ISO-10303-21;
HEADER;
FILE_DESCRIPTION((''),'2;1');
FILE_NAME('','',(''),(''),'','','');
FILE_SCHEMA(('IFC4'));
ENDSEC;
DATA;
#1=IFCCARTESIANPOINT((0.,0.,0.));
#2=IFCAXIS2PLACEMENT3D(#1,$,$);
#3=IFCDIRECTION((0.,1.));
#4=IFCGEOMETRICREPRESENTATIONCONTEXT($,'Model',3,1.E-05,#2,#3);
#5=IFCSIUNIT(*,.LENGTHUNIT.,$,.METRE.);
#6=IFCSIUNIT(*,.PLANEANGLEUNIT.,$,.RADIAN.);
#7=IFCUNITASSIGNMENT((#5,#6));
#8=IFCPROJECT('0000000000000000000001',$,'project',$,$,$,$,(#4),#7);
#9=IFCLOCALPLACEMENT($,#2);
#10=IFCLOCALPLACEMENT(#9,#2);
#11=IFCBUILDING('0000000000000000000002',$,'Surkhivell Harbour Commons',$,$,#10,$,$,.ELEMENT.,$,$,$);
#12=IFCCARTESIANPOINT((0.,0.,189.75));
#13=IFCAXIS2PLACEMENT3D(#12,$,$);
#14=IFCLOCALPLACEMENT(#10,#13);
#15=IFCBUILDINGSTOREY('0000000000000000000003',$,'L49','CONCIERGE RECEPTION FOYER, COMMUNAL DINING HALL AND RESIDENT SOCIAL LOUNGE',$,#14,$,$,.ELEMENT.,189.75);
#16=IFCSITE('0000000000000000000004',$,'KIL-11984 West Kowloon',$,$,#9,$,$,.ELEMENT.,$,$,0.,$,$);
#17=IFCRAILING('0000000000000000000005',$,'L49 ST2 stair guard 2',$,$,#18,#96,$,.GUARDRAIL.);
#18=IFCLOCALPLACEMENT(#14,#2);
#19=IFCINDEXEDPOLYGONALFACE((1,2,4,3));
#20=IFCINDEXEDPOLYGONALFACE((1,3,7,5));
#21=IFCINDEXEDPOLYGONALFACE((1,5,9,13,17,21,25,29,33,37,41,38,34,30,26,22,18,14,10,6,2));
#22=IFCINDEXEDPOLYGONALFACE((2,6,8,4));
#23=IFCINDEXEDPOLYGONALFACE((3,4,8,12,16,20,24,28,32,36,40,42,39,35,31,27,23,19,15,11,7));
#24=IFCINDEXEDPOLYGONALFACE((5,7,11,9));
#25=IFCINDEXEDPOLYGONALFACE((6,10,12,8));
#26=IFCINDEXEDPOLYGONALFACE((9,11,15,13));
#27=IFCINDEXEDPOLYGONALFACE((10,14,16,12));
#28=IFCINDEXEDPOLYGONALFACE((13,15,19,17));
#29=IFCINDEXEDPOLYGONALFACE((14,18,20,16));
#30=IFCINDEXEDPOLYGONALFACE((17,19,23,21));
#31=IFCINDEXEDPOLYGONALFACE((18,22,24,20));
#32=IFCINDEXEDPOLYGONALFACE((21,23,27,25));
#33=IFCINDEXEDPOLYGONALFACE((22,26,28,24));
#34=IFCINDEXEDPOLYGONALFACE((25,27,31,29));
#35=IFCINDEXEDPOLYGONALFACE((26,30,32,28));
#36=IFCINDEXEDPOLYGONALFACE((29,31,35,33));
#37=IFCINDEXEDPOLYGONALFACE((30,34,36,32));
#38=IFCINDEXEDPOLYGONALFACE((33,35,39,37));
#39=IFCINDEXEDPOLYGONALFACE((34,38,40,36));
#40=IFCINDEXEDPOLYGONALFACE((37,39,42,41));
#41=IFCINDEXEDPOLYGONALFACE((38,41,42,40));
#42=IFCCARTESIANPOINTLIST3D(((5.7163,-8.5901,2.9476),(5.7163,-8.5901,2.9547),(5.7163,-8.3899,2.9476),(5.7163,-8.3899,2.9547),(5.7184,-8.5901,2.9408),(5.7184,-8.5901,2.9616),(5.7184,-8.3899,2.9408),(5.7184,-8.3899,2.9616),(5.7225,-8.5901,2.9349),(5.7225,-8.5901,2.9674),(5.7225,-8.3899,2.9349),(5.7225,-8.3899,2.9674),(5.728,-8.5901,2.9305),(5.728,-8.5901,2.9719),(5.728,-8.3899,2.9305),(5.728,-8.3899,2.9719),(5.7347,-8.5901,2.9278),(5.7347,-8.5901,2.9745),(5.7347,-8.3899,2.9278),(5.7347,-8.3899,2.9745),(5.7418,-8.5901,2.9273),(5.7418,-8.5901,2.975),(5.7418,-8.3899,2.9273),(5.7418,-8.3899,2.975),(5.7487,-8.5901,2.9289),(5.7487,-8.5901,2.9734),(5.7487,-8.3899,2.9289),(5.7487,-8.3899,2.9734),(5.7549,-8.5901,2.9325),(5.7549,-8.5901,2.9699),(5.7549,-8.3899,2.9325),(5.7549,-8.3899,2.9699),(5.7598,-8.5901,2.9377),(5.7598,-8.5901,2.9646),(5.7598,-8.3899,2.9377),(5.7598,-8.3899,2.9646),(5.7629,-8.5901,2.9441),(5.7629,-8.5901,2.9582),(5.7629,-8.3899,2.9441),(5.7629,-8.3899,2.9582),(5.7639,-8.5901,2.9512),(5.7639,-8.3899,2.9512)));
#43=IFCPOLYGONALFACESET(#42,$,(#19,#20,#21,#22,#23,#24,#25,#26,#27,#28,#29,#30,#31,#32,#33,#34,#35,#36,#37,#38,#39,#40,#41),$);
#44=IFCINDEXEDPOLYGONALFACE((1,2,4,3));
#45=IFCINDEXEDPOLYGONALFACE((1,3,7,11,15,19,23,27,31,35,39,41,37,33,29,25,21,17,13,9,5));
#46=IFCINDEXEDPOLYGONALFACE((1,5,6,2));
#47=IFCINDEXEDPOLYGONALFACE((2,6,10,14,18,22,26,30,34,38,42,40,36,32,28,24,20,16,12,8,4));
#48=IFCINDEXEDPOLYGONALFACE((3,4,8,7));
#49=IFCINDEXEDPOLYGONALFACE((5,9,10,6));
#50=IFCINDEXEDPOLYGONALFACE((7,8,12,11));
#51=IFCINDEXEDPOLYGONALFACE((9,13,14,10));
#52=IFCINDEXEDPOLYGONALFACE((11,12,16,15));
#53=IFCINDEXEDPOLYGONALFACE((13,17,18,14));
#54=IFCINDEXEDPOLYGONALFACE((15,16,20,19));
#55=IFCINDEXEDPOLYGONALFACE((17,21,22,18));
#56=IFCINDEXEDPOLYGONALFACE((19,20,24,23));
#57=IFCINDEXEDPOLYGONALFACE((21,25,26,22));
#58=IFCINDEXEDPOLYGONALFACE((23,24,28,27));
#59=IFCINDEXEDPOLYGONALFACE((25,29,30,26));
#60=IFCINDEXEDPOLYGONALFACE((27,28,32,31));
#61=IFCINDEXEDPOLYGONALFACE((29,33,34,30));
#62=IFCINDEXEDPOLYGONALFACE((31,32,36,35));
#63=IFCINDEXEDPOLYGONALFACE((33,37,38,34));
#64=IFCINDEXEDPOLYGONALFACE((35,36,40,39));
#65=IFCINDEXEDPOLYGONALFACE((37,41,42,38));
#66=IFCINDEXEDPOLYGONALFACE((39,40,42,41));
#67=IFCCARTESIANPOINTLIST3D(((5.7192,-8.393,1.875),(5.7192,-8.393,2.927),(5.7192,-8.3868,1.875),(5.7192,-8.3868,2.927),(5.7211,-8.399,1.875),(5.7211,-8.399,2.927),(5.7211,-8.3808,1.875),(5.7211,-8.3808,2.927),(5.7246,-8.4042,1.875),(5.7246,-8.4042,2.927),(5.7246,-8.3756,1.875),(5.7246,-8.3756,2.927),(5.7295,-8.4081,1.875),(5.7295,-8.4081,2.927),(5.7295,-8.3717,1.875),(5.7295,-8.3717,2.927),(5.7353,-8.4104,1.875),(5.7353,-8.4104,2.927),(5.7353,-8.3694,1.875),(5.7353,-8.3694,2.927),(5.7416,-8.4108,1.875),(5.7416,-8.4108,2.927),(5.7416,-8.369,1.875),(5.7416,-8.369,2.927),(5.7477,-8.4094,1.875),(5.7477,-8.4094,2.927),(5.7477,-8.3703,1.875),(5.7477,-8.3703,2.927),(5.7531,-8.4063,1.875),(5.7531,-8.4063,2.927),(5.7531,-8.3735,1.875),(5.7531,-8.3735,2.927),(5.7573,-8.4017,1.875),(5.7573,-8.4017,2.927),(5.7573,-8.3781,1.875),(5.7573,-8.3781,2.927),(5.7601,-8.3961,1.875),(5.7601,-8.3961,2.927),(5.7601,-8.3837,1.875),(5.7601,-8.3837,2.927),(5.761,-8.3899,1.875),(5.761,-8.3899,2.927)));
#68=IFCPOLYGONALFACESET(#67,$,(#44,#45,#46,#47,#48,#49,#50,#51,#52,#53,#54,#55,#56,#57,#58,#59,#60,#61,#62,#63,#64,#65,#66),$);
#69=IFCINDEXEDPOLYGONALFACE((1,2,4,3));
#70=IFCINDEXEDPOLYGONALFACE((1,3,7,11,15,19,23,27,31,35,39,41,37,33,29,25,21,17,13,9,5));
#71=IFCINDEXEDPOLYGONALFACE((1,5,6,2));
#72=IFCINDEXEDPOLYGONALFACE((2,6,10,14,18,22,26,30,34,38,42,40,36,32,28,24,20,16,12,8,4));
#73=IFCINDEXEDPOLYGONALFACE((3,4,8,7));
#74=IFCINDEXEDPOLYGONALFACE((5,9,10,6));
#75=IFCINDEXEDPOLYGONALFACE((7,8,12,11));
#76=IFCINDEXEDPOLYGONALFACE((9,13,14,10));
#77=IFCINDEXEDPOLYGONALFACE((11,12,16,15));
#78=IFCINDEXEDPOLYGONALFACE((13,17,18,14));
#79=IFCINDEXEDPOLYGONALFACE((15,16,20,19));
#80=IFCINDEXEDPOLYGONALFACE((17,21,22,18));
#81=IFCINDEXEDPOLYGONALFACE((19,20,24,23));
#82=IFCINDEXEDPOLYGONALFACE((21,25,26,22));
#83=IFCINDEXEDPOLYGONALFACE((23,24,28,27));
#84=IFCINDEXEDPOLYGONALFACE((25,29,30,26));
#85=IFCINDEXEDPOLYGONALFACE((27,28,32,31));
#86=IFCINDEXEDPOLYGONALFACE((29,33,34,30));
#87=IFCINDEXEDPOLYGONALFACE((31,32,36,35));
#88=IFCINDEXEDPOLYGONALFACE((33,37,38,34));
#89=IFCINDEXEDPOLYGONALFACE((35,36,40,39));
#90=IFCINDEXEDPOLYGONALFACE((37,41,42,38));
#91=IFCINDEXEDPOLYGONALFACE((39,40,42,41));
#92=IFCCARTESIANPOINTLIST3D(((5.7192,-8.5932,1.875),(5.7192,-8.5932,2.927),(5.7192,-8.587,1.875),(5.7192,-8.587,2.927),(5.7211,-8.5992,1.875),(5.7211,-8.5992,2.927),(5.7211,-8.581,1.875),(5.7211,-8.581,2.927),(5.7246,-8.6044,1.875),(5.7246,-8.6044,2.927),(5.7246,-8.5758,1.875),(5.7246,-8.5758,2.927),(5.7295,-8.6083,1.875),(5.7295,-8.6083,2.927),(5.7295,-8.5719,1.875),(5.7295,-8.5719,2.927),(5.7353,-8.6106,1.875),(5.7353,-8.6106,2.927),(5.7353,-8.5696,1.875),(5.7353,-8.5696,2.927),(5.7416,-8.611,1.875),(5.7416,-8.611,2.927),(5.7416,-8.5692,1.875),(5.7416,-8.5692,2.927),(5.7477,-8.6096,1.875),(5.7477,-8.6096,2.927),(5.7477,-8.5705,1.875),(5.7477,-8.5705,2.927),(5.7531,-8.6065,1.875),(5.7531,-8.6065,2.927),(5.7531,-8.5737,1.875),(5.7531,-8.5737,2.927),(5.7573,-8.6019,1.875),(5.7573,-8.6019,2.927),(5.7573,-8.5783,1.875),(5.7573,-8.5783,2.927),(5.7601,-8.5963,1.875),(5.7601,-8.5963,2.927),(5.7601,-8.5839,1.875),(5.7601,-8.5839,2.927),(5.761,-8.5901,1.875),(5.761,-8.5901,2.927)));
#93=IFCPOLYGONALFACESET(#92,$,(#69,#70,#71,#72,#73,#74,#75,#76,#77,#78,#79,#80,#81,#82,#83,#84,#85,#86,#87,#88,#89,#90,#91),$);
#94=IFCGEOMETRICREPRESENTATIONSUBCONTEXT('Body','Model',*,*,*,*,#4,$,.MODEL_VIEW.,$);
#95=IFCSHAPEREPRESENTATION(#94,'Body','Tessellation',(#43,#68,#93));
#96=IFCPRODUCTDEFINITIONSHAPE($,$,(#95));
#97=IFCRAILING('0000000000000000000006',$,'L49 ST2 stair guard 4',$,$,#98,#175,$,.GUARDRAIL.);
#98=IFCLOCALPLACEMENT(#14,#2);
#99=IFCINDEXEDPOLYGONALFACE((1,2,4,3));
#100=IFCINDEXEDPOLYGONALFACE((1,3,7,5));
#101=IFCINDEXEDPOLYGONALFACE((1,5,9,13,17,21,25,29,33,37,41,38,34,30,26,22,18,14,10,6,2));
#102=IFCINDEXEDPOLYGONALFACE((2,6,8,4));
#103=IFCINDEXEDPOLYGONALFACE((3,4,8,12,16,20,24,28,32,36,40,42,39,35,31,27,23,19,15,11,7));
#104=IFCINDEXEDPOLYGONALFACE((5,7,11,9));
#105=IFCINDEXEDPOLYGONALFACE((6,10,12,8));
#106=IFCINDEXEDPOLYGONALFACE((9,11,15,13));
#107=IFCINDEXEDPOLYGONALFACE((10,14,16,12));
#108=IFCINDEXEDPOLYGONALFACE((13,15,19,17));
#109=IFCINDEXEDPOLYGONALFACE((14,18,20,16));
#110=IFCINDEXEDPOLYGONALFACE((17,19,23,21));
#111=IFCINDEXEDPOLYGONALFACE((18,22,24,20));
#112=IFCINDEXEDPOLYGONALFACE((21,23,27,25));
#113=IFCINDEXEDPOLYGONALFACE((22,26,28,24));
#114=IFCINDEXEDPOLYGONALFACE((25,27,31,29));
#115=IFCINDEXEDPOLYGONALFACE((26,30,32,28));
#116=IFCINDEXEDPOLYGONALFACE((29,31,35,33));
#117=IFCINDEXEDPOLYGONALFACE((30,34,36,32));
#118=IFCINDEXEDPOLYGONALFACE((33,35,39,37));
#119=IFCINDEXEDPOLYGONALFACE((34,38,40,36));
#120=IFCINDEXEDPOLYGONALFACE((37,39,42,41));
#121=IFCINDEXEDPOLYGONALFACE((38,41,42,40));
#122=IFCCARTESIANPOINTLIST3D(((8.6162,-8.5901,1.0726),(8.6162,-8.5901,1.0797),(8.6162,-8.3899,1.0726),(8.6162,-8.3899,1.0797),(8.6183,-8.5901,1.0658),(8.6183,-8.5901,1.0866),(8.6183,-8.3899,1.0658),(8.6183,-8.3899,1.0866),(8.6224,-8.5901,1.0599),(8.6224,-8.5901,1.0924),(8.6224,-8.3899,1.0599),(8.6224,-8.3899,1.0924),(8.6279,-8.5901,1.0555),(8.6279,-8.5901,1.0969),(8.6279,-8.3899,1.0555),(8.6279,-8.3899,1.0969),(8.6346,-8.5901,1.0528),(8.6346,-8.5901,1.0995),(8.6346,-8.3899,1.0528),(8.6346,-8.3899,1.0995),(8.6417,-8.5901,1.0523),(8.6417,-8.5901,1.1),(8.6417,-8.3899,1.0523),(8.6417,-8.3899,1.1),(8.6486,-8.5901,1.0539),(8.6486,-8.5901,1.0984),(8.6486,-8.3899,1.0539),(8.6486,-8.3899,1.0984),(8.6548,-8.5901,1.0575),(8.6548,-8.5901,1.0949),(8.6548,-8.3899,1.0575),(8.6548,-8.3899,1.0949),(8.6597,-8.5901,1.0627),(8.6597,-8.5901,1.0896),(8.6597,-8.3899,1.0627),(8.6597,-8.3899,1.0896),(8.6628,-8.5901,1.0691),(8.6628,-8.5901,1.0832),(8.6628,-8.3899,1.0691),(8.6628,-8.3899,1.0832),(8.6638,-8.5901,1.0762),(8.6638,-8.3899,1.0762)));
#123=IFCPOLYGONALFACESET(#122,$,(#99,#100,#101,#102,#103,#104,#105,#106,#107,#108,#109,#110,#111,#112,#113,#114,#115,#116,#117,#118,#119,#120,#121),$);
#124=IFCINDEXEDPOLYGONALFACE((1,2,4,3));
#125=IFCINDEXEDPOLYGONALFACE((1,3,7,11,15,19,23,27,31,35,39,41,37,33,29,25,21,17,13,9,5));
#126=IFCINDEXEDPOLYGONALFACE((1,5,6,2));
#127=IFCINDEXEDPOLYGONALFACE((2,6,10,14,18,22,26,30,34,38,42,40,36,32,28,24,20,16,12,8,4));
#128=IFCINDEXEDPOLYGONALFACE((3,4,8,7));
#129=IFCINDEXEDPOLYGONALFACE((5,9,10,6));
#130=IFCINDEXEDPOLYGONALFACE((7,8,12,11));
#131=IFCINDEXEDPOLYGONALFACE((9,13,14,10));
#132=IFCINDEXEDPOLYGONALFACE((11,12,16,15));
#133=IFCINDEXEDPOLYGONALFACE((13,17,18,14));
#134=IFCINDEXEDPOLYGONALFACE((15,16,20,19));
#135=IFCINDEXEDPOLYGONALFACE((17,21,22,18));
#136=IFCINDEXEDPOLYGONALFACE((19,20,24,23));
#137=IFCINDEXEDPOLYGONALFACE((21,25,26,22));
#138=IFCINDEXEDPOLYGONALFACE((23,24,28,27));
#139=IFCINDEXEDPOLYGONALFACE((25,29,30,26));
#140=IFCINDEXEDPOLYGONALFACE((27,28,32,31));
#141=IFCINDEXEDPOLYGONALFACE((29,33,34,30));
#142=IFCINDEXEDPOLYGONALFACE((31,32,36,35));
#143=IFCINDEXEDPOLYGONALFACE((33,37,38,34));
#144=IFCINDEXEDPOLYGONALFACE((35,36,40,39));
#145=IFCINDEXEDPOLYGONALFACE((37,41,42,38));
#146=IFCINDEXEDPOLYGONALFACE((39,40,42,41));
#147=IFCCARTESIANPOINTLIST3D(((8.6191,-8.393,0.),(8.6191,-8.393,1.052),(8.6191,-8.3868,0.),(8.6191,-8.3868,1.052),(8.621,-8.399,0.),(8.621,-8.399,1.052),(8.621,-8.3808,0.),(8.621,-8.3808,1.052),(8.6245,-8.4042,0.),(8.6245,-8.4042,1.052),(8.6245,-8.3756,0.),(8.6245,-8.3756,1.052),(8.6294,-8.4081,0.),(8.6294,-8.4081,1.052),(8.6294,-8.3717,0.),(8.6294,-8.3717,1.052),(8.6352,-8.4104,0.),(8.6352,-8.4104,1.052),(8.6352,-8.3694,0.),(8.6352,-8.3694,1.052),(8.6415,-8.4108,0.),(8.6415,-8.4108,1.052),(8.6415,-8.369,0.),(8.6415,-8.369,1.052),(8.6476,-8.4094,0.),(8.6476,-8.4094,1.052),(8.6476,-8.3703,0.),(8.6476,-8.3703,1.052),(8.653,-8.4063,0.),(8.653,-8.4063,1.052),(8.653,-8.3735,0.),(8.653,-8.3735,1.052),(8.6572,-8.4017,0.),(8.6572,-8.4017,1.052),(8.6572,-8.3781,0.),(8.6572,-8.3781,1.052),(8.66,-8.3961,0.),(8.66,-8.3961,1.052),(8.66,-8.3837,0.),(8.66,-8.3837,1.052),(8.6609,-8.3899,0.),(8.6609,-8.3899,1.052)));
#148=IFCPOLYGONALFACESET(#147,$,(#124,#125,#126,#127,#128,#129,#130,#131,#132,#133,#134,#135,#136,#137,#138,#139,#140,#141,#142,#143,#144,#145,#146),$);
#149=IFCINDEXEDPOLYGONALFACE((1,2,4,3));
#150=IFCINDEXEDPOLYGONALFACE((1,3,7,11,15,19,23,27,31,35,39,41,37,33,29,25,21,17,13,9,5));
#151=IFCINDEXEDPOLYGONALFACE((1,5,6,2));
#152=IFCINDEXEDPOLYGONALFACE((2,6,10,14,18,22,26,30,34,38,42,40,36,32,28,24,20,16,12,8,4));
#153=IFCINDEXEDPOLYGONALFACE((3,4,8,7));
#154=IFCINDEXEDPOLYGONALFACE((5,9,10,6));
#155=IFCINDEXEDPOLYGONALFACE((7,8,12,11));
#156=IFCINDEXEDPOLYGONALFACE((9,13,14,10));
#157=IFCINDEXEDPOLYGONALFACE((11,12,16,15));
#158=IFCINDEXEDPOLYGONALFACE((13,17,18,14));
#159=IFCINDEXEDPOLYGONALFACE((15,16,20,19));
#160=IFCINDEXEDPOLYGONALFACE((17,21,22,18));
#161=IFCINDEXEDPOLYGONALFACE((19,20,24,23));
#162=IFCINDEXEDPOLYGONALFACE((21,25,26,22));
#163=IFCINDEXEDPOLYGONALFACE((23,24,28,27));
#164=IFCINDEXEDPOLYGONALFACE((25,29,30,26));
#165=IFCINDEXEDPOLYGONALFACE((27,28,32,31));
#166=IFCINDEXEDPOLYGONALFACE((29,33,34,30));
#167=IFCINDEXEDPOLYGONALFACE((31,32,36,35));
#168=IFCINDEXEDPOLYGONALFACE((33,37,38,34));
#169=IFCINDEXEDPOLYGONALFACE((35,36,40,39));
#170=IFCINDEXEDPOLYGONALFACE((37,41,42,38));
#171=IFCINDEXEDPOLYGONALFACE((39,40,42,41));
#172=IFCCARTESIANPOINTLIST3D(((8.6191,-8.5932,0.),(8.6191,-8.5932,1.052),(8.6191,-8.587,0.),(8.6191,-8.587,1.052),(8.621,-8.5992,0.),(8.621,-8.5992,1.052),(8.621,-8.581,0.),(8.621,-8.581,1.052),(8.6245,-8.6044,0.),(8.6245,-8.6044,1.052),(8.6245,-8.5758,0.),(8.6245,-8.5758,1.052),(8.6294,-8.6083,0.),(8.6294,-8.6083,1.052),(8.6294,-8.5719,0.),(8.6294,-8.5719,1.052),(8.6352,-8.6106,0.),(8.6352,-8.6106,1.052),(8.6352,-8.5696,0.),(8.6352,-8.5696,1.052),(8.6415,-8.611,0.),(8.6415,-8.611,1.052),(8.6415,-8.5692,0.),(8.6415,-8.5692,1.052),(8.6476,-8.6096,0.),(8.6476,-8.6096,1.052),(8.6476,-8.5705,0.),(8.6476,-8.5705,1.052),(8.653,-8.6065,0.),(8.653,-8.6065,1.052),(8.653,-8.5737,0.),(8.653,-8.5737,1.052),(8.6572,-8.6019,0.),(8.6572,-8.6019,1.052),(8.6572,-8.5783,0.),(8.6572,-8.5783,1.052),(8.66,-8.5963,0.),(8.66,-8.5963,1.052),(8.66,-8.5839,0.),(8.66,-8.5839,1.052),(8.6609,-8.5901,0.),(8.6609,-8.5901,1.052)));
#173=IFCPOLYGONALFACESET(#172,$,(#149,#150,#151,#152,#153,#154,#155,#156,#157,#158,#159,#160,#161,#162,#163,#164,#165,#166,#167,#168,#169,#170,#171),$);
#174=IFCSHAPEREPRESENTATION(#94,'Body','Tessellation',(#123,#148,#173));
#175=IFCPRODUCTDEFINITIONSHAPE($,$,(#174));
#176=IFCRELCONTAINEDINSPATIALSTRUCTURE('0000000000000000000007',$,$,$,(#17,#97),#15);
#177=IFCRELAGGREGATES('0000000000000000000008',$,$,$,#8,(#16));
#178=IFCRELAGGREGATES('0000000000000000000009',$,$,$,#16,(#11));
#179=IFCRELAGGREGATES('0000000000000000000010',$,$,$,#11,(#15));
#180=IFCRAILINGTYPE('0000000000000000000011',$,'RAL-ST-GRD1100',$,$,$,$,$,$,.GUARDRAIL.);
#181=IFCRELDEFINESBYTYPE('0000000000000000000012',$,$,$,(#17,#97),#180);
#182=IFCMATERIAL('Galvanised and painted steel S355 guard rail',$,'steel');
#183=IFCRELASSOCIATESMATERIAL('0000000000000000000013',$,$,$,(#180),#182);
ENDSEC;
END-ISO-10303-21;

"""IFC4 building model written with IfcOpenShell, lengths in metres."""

from ifc_helpers import new_model, si_unit, direction, frame, origin, origin_2d, place, context, subcontext, project, spatial, circle, extrude, material, type_object, element, save


model = new_model("IFC4")

# Units and contexts
model_context = context("Model", 3, precision=1e-05, world=origin(), true_north=direction((0.0, 1.0)))
body_context = subcontext(model_context, "Body", "Model", "MODEL_VIEW")
ifc_project = project(units=[si_unit("LENGTHUNIT", "METRE"), si_unit("PLANEANGLEUNIT", "RADIAN")], contexts=[model_context])

# Site, building, storey
site_placement = place(None, origin())
site = spatial("IfcSite", under=ifc_project, at=site_placement, Name="KIL-11984 West Kowloon", CompositionType="ELEMENT", RefElevation=0.0)
building_placement = place(site_placement, origin())
building = spatial("IfcBuilding", under=site, at=building_placement, Name="Surkhivell Harbour Commons", CompositionType="ELEMENT")
storey_placement = place(building_placement, frame((0.0, 0.0, 189.75)))
storey = spatial("IfcBuildingStorey", under=building, at=storey_placement, Name="L49", Description="CONCIERGE RECEPTION FOYER, COMMUNAL DINING HALL AND RESIDENT SOCIAL LOUNGE", CompositionType="ELEMENT", Elevation=189.75)

# Railings
ifc_material_1 = material(Name="Galvanised and painted steel S355 guard rail", Category="steel")
railing_type_1 = type_object("IfcRailingType", Name="RAL-ST-GRD1100", PredefinedType="GUARDRAIL", material=ifc_material_1)
for number, where, name in (
    (1, (5.74, -8.3899, 1.875), "L49 ST2 stair guard 2"),
    (2, (8.6399, -8.3899, 0.0), "L49 ST2 stair guard 4"),
):
    element("IfcRailing", number, at=place(storey_placement, frame(where)), inside=storey, type_object=railing_type_1, Name=name, PredefinedType="GUARDRAIL", context=body_context, shape_type="SweptSolid", body=[
        extrude(circle(Radius=0.0239, at=origin_2d()), frame((0.0, 0.0, 1.0762), z_axis=(0.0, -1.0, 0.0), x_axis=(1.0, 0.0, 0.0)), (0.0, 0.0, 1.0), 0.2002),
        extrude(circle(Radius=0.021, at=origin_2d()), origin(), (0.0, 0.0, 1.0), 1.052),
        extrude(circle(Radius=0.021, at=origin_2d()), frame((0.0, -0.2002, 0.0)), (0.0, 0.0, 1.0), 1.052),
    ])

save(model, "model.ifc")
